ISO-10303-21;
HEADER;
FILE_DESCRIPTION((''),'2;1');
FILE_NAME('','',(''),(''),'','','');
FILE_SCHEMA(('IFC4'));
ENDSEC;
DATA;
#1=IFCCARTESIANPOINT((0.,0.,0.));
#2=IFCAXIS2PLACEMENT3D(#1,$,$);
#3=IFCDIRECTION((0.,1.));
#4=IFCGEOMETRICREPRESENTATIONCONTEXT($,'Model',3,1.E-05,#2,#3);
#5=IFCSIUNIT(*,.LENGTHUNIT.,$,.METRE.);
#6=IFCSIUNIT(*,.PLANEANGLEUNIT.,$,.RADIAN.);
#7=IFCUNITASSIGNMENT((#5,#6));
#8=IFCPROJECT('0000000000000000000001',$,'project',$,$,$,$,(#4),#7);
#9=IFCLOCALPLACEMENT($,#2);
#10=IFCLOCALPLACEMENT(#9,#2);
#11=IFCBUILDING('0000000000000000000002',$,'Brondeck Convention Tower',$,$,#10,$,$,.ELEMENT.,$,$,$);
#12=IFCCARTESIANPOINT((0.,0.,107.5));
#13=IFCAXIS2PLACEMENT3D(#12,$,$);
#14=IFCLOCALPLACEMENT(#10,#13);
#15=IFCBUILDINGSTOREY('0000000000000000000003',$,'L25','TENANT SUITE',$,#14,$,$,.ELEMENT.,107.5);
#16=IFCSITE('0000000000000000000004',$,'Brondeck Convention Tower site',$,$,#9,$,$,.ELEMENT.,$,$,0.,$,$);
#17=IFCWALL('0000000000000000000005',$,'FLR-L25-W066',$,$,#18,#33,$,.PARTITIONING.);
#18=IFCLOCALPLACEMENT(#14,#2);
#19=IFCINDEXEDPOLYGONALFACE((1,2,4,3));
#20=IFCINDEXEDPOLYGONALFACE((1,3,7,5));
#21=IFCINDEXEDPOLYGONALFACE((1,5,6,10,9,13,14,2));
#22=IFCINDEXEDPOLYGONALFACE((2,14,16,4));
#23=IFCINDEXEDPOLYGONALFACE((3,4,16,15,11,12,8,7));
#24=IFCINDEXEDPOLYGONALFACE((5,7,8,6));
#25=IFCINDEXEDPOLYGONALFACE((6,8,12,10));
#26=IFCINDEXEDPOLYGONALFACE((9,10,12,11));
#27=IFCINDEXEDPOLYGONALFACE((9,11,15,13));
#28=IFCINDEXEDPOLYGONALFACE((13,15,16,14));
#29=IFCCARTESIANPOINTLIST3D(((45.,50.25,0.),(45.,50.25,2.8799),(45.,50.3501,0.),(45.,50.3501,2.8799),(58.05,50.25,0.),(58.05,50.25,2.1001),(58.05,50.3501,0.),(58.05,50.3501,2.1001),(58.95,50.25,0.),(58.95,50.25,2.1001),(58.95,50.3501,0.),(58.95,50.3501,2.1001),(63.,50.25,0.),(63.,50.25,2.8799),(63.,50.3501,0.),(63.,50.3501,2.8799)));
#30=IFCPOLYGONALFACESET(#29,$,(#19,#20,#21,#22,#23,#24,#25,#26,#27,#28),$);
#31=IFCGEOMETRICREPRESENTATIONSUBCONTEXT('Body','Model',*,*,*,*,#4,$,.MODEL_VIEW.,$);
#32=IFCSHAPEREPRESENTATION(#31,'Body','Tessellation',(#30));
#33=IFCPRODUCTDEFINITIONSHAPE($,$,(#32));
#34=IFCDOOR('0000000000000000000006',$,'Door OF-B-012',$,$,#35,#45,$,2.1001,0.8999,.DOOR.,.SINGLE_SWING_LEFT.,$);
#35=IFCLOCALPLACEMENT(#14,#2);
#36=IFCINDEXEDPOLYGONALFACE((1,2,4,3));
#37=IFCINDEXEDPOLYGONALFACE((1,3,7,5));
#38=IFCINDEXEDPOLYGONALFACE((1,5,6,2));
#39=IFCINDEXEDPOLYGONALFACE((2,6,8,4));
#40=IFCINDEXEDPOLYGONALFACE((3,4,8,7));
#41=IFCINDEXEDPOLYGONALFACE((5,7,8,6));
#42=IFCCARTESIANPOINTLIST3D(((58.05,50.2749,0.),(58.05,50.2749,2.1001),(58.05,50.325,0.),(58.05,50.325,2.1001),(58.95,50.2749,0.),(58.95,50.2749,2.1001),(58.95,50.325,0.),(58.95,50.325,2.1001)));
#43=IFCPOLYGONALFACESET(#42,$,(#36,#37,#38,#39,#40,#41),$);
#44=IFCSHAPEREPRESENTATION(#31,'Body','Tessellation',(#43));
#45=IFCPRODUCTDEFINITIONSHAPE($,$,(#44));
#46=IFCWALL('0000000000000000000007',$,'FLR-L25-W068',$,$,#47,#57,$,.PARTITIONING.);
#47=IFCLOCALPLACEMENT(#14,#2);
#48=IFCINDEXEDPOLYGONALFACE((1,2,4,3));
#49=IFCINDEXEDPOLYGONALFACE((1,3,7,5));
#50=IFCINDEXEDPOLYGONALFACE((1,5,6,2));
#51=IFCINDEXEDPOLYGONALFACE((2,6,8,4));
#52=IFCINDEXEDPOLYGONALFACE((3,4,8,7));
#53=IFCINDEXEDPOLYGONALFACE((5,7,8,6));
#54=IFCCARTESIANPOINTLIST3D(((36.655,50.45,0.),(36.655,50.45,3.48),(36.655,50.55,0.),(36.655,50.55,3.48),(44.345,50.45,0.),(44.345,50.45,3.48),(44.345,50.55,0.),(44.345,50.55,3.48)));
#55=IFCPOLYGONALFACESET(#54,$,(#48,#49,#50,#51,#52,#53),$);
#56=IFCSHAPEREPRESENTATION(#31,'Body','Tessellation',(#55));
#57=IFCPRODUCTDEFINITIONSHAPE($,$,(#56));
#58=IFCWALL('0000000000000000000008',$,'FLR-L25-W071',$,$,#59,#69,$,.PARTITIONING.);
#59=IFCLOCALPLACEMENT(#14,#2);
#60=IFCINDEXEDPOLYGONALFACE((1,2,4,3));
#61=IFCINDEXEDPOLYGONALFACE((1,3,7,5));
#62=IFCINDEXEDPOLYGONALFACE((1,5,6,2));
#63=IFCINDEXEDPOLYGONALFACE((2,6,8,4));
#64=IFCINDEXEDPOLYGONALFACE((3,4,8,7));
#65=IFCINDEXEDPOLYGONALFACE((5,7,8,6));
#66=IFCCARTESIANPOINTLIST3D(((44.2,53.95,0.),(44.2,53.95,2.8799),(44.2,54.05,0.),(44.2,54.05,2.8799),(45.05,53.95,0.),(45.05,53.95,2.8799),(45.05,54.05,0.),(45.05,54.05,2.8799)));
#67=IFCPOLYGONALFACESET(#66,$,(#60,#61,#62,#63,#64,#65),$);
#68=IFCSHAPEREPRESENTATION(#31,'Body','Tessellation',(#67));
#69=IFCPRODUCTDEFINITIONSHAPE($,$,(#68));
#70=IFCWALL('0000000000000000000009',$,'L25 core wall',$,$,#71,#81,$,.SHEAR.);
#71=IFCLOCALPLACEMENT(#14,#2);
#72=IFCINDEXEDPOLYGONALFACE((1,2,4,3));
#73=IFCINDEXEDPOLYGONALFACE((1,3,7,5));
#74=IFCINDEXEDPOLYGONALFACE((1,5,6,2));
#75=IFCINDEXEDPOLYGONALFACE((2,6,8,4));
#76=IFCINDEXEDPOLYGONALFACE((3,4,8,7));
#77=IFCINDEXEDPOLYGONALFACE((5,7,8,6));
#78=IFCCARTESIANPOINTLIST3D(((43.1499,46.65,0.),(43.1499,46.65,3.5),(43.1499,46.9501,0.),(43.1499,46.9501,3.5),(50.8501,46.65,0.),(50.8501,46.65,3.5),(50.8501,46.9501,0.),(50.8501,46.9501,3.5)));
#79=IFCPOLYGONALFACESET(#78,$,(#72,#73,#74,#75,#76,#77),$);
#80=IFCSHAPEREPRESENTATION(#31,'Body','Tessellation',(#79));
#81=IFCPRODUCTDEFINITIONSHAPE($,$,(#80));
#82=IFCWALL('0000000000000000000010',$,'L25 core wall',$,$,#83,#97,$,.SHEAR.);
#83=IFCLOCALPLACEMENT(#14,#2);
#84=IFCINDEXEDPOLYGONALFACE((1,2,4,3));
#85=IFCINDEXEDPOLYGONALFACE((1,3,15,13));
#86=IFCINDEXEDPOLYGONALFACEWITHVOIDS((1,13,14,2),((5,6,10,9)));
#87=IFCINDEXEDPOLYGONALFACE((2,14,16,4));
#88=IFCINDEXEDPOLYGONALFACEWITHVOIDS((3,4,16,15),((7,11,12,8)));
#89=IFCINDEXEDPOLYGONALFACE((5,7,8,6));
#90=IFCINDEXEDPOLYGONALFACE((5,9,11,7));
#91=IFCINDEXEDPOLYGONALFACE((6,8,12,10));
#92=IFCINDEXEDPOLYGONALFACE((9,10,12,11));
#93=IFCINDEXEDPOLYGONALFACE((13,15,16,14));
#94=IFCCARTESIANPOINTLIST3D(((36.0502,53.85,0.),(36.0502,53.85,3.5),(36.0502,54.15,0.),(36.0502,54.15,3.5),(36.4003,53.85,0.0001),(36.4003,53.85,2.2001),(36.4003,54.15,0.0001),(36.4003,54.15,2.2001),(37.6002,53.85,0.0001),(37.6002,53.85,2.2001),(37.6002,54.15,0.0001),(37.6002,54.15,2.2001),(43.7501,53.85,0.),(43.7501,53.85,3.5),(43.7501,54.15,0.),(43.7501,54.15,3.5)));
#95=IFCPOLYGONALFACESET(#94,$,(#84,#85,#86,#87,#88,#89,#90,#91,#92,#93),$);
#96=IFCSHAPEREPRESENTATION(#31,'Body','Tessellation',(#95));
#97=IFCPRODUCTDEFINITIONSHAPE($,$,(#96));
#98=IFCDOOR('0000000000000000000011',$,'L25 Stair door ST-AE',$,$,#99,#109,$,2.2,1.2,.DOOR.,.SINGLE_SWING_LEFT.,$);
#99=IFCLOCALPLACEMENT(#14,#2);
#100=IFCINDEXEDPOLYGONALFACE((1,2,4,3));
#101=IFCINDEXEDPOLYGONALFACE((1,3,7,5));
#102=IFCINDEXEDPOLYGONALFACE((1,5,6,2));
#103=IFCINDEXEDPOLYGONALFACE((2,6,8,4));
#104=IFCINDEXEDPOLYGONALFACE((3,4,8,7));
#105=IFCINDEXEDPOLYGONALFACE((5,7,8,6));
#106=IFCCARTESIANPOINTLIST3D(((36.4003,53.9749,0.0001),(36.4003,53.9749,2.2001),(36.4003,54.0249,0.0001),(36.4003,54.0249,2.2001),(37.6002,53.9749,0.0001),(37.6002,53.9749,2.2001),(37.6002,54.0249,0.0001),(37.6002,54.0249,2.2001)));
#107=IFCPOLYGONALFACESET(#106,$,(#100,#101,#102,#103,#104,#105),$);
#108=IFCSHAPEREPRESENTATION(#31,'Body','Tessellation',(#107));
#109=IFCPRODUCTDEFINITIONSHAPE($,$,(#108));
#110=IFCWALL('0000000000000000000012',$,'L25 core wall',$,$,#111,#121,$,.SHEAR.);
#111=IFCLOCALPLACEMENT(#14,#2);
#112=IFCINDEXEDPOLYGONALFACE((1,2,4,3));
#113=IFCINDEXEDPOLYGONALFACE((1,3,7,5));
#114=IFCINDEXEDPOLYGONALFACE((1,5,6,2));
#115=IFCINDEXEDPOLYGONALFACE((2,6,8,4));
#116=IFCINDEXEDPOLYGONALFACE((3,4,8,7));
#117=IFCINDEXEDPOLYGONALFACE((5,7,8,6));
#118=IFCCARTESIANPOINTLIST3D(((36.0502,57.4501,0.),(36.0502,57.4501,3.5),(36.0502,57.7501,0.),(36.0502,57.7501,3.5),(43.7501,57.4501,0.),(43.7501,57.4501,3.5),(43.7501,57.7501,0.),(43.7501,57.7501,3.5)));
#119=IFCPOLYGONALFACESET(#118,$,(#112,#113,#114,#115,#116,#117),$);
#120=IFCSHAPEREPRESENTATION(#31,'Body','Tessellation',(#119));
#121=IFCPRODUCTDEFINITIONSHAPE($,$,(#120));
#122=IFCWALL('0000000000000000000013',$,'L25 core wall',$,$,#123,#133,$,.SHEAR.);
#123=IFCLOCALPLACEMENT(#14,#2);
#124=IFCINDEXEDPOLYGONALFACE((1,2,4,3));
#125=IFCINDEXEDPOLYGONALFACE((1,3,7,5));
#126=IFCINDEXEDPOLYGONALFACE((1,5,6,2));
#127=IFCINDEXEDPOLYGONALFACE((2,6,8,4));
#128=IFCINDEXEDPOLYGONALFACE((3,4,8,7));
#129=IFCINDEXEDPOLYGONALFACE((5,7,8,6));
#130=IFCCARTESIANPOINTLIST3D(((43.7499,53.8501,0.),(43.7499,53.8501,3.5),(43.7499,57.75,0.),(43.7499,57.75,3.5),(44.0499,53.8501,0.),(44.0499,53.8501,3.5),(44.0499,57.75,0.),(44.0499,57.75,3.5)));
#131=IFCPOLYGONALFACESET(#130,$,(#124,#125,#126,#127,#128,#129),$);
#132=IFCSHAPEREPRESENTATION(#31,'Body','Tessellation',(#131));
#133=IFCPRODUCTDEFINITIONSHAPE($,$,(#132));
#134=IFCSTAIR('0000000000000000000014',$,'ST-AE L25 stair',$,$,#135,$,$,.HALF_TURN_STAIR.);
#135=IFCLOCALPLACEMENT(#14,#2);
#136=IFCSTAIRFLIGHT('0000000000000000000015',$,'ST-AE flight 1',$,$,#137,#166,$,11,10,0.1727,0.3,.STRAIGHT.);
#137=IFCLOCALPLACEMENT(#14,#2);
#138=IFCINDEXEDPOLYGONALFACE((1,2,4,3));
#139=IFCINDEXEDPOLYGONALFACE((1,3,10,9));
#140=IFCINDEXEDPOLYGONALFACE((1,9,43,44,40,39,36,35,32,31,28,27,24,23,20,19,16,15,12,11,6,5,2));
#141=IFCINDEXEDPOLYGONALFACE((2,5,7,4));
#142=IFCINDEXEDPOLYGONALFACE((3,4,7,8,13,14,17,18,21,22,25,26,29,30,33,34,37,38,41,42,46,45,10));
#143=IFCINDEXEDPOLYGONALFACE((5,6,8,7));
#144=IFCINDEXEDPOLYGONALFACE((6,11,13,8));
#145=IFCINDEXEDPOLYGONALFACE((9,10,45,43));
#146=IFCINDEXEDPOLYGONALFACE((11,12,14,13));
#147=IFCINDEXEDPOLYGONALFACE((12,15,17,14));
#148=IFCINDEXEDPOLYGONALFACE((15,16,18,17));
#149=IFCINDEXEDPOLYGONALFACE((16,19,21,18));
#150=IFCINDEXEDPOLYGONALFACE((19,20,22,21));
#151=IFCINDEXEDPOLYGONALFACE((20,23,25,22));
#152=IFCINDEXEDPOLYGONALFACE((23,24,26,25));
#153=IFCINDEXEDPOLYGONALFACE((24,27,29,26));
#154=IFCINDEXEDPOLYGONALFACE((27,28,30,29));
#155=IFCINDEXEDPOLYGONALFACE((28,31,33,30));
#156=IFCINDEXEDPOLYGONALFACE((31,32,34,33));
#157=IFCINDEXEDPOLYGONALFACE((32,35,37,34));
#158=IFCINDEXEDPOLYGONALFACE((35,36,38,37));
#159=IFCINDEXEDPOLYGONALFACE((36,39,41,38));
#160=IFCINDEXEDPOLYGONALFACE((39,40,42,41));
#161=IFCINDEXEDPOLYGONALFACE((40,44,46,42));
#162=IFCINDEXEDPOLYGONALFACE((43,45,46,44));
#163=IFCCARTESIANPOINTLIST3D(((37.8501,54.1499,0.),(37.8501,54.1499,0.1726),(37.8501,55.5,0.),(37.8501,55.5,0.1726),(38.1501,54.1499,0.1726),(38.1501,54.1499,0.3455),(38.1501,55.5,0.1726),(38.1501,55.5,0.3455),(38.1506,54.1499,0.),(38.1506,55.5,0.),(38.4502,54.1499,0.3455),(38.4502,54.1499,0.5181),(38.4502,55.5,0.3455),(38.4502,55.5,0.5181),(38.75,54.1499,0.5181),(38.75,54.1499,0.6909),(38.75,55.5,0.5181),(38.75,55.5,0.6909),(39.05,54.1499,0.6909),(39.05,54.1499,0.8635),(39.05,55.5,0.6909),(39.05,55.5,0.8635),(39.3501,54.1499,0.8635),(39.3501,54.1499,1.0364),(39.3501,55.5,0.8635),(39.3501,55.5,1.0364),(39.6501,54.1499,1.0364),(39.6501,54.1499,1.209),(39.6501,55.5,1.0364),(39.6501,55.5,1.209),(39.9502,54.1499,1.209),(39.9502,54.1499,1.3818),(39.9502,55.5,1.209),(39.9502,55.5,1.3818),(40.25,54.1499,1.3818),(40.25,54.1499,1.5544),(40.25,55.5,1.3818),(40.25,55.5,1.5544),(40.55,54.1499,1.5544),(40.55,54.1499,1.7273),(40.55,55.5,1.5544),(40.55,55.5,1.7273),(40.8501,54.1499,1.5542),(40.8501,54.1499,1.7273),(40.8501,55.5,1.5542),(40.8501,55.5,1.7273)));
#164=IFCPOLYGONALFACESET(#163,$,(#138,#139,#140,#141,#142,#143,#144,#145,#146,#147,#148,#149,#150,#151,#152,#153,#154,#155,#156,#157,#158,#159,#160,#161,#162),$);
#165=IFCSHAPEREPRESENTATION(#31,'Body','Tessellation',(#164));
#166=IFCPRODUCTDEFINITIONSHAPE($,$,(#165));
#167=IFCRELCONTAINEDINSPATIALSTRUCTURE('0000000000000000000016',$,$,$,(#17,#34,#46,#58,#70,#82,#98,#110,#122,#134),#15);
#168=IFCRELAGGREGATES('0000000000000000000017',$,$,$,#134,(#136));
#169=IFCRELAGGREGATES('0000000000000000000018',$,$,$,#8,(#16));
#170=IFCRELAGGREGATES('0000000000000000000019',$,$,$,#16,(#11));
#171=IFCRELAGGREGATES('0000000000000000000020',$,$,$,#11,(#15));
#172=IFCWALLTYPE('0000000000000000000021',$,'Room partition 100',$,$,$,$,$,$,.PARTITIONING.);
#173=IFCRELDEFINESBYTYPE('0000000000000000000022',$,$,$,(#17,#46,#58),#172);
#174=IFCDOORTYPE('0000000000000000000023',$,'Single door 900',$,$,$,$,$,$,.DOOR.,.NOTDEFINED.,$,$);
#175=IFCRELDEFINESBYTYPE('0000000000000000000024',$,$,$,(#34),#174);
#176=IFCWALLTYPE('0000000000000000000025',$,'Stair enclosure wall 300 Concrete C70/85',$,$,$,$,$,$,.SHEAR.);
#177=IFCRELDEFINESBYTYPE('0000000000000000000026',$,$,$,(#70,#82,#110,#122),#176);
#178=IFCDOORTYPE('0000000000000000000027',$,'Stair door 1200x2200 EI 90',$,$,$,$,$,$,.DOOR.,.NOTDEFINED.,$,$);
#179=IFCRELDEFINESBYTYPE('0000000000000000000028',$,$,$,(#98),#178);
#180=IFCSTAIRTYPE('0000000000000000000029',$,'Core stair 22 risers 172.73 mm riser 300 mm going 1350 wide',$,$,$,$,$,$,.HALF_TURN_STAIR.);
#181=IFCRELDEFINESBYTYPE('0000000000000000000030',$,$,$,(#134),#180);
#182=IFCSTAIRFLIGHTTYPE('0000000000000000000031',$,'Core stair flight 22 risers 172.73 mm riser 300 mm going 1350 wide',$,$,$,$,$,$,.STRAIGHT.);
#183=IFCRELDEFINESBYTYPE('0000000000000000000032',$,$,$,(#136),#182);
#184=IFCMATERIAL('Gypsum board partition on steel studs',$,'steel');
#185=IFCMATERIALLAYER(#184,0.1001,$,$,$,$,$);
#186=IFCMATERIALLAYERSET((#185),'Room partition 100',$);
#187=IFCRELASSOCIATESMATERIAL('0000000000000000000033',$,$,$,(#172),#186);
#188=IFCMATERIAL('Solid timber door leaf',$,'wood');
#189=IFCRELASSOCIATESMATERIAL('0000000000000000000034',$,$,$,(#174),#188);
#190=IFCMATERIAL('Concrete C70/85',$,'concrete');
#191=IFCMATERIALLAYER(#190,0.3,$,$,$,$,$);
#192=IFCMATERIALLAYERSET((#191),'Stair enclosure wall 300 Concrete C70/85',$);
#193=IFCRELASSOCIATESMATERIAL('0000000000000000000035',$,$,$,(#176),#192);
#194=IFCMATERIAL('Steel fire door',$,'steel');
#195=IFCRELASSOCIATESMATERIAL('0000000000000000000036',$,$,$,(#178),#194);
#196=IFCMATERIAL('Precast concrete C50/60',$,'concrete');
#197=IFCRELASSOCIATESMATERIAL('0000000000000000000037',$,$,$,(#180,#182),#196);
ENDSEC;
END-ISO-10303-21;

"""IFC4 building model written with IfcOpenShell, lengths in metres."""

from ifc_helpers import new_model, si_unit, direction, frame, frame_2d, origin, place, context, subcontext, project, spatial, polyline, rectangle, outline, extrude, material, layer, layer_set, type_object, element, fill, aggregate, save


model = new_model("IFC4")

# Units and contexts
model_context = context("Model", 3, precision=1e-05, world=origin(), true_north=direction((0.0, 1.0)))
body_context = subcontext(model_context, "Body", "Model", "MODEL_VIEW")
ifc_project = project(units=[si_unit("LENGTHUNIT", "METRE"), si_unit("PLANEANGLEUNIT", "RADIAN")], contexts=[model_context])

# Site, building, storey
site_placement = place(None, origin())
site = spatial("IfcSite", under=ifc_project, at=site_placement, Name="Brondeck Convention Tower site", CompositionType="ELEMENT", RefElevation=0.0)
building_placement = place(site_placement, origin())
building = spatial("IfcBuilding", under=site, at=building_placement, Name="Brondeck Convention Tower", CompositionType="ELEMENT")
storey_placement = place(building_placement, frame((0.0, 0.0, 107.5)))
storey = spatial("IfcBuildingStorey", under=building, at=storey_placement, Name="L25", Description="TENANT SUITE", CompositionType="ELEMENT", Elevation=107.5)

# Shared definitions
ifc_material_1 = material(Name="Concrete C70/85", Category="concrete")

# Shared definitions
ifc_material_2 = material(Name="Gypsum board partition on steel studs", Category="steel")
ifc_layer_1 = layer(ifc_material_2, 0.1001)
ifc_layer_set_1 = layer_set([ifc_layer_1], Name="Room partition 100")
wall_type_1 = type_object("IfcWallType", Name="Room partition 100", PredefinedType="PARTITIONING", material=ifc_layer_set_1)

# Wall, opening, door
ifc_material_3 = material(Name="Solid timber door leaf", Category="wood")
door_type_1 = type_object("IfcDoorType", Name="Single door 900", OperationType="NOTDEFINED", PredefinedType="DOOR", material=ifc_material_3)
wall_1_placement = place(storey_placement, frame((45.0, 50.3, 0.0), z_axis=(0.0, 0.0, 1.0), x_axis=(1.0, 0.0, 0.0)))
wall_1 = element("IfcWall", 1, at=wall_1_placement, inside=storey, type_object=wall_type_1, Name="FLR-L25-W066", PredefinedType="PARTITIONING", context=body_context, shape_type="SweptSolid", body=[
    extrude(rectangle(XDim=18.0, YDim=0.1001, at=frame_2d((9.0, 0.0))), origin(), (0.0, 0.0, 1.0), 2.8799),
])
opening_1_placement = place(wall_1_placement, frame((13.05, 0.0, 0.0)))
opening_1 = element("IfcOpeningElement", 2, at=opening_1_placement, cuts=wall_1, PredefinedType="OPENING", context=body_context, shape_type="SweptSolid", body=[
    extrude(rectangle(XDim=0.8999, YDim=2.1001, at=frame_2d((0.45, 1.05))), frame((0.0, 0.0601, 0.0), z_axis=(0.0, -1.0, 0.0), x_axis=(1.0, 0.0, 0.0)), (0.0, 0.0, 1.0), 0.1201),
])
door_1_placement = place(opening_1_placement, origin())
door_1 = element("IfcDoor", 3, at=door_1_placement, inside=storey, type_object=door_type_1, Name="Door OF-B-012", OperationType="SINGLE_SWING_LEFT", OverallHeight=2.1001, OverallWidth=0.8999, PredefinedType="DOOR", context=body_context, shape_type="SweptSolid", body=[
    extrude(rectangle(XDim=0.8999, YDim=2.1001, at=frame_2d((0.45, 1.05))), frame((0.0, 0.0249, 0.0), z_axis=(0.0, -1.0, 0.0), x_axis=(1.0, 0.0, 0.0)), (0.0, 0.0, 1.0), 0.05),
])
fill(opening_1, door_1)

# Walls
wall_2_placement = place(storey_placement, frame((44.345, 50.5, 0.0), z_axis=(0.0, 0.0, 1.0), x_axis=(-1.0, 0.0, 0.0)))
element("IfcWall", 4, at=wall_2_placement, inside=storey, type_object=wall_type_1, Name="FLR-L25-W068", PredefinedType="PARTITIONING", context=body_context, shape_type="SweptSolid", body=[
    extrude(rectangle(XDim=7.6899, YDim=0.1001, at=frame_2d((3.845, 0.0))), origin(), (0.0, 0.0, 1.0), 3.48),
])
wall_3_placement = place(storey_placement, frame((44.2, 54.0, 0.0), z_axis=(0.0, 0.0, 1.0), x_axis=(1.0, 0.0, 0.0)))
element("IfcWall", 5, at=wall_3_placement, inside=storey, type_object=wall_type_1, Name="FLR-L25-W071", PredefinedType="PARTITIONING", context=body_context, shape_type="SweptSolid", body=[
    extrude(rectangle(XDim=0.8501, YDim=0.1001, at=frame_2d((0.425, 0.0))), origin(), (0.0, 0.0, 1.0), 2.8799),
])
ifc_layer_2 = layer(ifc_material_1, 0.3)
ifc_layer_set_2 = layer_set([ifc_layer_2], Name="Stair enclosure wall 300 Concrete C70/85")
wall_type_2 = type_object("IfcWallType", Name="Stair enclosure wall 300 Concrete C70/85", PredefinedType="SHEAR", material=ifc_layer_set_2)
wall_4_placement = place(storey_placement, frame((43.1499, 46.8, 0.0), z_axis=(0.0, 0.0, 1.0), x_axis=(1.0, 0.0, 0.0)))
element("IfcWall", 6, at=wall_4_placement, inside=storey, type_object=wall_type_2, Name="L25 core wall", PredefinedType="SHEAR", context=body_context, shape_type="SweptSolid", body=[
    extrude(rectangle(XDim=7.7002, YDim=0.3, at=frame_2d((3.8501, 0.0))), origin(), (0.0, 0.0, 1.0), 3.5),
])

# Wall, opening, door
wall_5_placement = place(storey_placement, frame((36.05, 54.0, 0.0), z_axis=(0.0, 0.0, 1.0), x_axis=(1.0, 0.0, 0.0)))
wall_5 = element("IfcWall", 7, at=wall_5_placement, inside=storey, type_object=wall_type_2, Name="L25 core wall", PredefinedType="SHEAR", context=body_context, shape_type="SweptSolid", body=[
    extrude(rectangle(XDim=7.7, YDim=0.3, at=frame_2d((3.8501, 0.0))), origin(), (0.0, 0.0, 1.0), 3.5),
])
opening_2_placement = place(wall_5_placement, frame((0.3501, 0.0, 0.0)))
opening_2 = element("IfcOpeningElement", 8, at=opening_2_placement, cuts=wall_5, PredefinedType="OPENING", context=body_context, shape_type="SweptSolid", body=[
    extrude(rectangle(XDim=1.2, YDim=2.2, at=frame_2d((0.6001, 1.1001))), frame((0.0, 0.1599, 0.0), z_axis=(0.0, -1.0, 0.0), x_axis=(1.0, 0.0, 0.0)), (0.0, 0.0, 1.0), 0.3201),
])
ifc_material_4 = material(Name="Steel fire door", Category="steel")
door_type_2 = type_object("IfcDoorType", Name="Stair door 1200x2200 EI 90", OperationType="NOTDEFINED", PredefinedType="DOOR", material=ifc_material_4)
door_2_placement = place(opening_2_placement, origin())
door_2 = element("IfcDoor", 9, at=door_2_placement, inside=storey, type_object=door_type_2, Name="L25 Stair door ST-AE", OperationType="SINGLE_SWING_LEFT", OverallHeight=2.2, OverallWidth=1.2, PredefinedType="DOOR", context=body_context, shape_type="SweptSolid", body=[
    extrude(rectangle(XDim=1.2, YDim=2.2, at=frame_2d((0.6001, 1.1001))), frame((0.0, 0.0249, 0.0), z_axis=(0.0, -1.0, 0.0), x_axis=(1.0, 0.0, 0.0)), (0.0, 0.0, 1.0), 0.05),
])
fill(opening_2, door_2)

# Walls
wall_6_placement = place(storey_placement, frame((36.05, 57.6001, 0.0), z_axis=(0.0, 0.0, 1.0), x_axis=(1.0, 0.0, 0.0)))
element("IfcWall", 10, at=wall_6_placement, inside=storey, type_object=wall_type_2, Name="L25 core wall", PredefinedType="SHEAR", context=body_context, shape_type="SweptSolid", body=[
    extrude(rectangle(XDim=7.7, YDim=0.3, at=frame_2d((3.8501, 0.0))), origin(), (0.0, 0.0, 1.0), 3.5),
])
wall_7_placement = place(storey_placement, frame((43.8999, 53.8501, 0.0), z_axis=(0.0, 0.0, 1.0), x_axis=(0.0, 1.0, 0.0)))
element("IfcWall", 11, at=wall_7_placement, inside=storey, type_object=wall_type_2, Name="L25 core wall", PredefinedType="SHEAR", context=body_context, shape_type="SweptSolid", body=[
    extrude(rectangle(XDim=3.8999, YDim=0.3, at=frame_2d((1.95, 0.0))), origin(), (0.0, 0.0, 1.0), 3.5),
])

# Stair, stair flight
ifc_material_5 = material(Name="Precast concrete C50/60", Category="concrete")
stair_type = type_object("IfcStairType", Name="Core stair 22 risers 172.73 mm riser 300 mm going 1350 wide", PredefinedType="HALF_TURN_STAIR", material=ifc_material_5)
stair_placement = place(storey_placement, origin())
stair = element("IfcStair", 12, at=stair_placement, inside=storey, type_object=stair_type, Name="ST-AE L25 stair", PredefinedType="HALF_TURN_STAIR")
stair_flight_type = type_object("IfcStairFlightType", Name="Core stair flight 22 risers 172.73 mm riser 300 mm going 1350 wide", PredefinedType="STRAIGHT", material=ifc_material_5)
stair_flight_1_placement = place(storey_placement, frame((37.8501, 54.825, 0.0), z_axis=(0.0, 0.0, 1.0), x_axis=(1.0, 0.0, 0.0)))
stair_flight_1 = element("IfcStairFlight", 13, at=stair_flight_1_placement, type_object=stair_flight_type, Name="ST-AE flight 1", NumberOfRisers=11, NumberOfTreads=10, PredefinedType="STRAIGHT", RiserHeight=0.1727, TreadLength=0.3, context=body_context, shape_type="SweptSolid", body=[
    extrude(outline(polyline([(0.0, 0.0), (0.0, 0.1726), (0.3, 0.1726), (0.3, 0.3455), (0.6001, 0.3455), (0.6001, 0.5181), (0.8999, 0.5181), (0.8999, 0.6909), (1.2, 0.6909), (1.2, 0.8635), (1.5, 0.8635), (1.5, 1.0364), (1.8, 1.0364), (1.8, 1.209), (2.1001, 1.209), (2.1001, 1.3818), (2.3999, 1.3818), (2.3999, 1.5544), (2.7, 1.5544), (2.7, 1.7273), (3.0, 1.7273), (3.0, 1.8999), (3.0, 1.5542), (0.3005, 0.0), (0.0, 0.0)])), frame((0.0, 0.675, 0.0), z_axis=(0.0, -1.0, 0.0), x_axis=(1.0, 0.0, 0.0)), (0.0, 0.0, 1.0), 1.3501),
])
aggregate(stair, [stair_flight_1])

save(model, "model.ifc")
